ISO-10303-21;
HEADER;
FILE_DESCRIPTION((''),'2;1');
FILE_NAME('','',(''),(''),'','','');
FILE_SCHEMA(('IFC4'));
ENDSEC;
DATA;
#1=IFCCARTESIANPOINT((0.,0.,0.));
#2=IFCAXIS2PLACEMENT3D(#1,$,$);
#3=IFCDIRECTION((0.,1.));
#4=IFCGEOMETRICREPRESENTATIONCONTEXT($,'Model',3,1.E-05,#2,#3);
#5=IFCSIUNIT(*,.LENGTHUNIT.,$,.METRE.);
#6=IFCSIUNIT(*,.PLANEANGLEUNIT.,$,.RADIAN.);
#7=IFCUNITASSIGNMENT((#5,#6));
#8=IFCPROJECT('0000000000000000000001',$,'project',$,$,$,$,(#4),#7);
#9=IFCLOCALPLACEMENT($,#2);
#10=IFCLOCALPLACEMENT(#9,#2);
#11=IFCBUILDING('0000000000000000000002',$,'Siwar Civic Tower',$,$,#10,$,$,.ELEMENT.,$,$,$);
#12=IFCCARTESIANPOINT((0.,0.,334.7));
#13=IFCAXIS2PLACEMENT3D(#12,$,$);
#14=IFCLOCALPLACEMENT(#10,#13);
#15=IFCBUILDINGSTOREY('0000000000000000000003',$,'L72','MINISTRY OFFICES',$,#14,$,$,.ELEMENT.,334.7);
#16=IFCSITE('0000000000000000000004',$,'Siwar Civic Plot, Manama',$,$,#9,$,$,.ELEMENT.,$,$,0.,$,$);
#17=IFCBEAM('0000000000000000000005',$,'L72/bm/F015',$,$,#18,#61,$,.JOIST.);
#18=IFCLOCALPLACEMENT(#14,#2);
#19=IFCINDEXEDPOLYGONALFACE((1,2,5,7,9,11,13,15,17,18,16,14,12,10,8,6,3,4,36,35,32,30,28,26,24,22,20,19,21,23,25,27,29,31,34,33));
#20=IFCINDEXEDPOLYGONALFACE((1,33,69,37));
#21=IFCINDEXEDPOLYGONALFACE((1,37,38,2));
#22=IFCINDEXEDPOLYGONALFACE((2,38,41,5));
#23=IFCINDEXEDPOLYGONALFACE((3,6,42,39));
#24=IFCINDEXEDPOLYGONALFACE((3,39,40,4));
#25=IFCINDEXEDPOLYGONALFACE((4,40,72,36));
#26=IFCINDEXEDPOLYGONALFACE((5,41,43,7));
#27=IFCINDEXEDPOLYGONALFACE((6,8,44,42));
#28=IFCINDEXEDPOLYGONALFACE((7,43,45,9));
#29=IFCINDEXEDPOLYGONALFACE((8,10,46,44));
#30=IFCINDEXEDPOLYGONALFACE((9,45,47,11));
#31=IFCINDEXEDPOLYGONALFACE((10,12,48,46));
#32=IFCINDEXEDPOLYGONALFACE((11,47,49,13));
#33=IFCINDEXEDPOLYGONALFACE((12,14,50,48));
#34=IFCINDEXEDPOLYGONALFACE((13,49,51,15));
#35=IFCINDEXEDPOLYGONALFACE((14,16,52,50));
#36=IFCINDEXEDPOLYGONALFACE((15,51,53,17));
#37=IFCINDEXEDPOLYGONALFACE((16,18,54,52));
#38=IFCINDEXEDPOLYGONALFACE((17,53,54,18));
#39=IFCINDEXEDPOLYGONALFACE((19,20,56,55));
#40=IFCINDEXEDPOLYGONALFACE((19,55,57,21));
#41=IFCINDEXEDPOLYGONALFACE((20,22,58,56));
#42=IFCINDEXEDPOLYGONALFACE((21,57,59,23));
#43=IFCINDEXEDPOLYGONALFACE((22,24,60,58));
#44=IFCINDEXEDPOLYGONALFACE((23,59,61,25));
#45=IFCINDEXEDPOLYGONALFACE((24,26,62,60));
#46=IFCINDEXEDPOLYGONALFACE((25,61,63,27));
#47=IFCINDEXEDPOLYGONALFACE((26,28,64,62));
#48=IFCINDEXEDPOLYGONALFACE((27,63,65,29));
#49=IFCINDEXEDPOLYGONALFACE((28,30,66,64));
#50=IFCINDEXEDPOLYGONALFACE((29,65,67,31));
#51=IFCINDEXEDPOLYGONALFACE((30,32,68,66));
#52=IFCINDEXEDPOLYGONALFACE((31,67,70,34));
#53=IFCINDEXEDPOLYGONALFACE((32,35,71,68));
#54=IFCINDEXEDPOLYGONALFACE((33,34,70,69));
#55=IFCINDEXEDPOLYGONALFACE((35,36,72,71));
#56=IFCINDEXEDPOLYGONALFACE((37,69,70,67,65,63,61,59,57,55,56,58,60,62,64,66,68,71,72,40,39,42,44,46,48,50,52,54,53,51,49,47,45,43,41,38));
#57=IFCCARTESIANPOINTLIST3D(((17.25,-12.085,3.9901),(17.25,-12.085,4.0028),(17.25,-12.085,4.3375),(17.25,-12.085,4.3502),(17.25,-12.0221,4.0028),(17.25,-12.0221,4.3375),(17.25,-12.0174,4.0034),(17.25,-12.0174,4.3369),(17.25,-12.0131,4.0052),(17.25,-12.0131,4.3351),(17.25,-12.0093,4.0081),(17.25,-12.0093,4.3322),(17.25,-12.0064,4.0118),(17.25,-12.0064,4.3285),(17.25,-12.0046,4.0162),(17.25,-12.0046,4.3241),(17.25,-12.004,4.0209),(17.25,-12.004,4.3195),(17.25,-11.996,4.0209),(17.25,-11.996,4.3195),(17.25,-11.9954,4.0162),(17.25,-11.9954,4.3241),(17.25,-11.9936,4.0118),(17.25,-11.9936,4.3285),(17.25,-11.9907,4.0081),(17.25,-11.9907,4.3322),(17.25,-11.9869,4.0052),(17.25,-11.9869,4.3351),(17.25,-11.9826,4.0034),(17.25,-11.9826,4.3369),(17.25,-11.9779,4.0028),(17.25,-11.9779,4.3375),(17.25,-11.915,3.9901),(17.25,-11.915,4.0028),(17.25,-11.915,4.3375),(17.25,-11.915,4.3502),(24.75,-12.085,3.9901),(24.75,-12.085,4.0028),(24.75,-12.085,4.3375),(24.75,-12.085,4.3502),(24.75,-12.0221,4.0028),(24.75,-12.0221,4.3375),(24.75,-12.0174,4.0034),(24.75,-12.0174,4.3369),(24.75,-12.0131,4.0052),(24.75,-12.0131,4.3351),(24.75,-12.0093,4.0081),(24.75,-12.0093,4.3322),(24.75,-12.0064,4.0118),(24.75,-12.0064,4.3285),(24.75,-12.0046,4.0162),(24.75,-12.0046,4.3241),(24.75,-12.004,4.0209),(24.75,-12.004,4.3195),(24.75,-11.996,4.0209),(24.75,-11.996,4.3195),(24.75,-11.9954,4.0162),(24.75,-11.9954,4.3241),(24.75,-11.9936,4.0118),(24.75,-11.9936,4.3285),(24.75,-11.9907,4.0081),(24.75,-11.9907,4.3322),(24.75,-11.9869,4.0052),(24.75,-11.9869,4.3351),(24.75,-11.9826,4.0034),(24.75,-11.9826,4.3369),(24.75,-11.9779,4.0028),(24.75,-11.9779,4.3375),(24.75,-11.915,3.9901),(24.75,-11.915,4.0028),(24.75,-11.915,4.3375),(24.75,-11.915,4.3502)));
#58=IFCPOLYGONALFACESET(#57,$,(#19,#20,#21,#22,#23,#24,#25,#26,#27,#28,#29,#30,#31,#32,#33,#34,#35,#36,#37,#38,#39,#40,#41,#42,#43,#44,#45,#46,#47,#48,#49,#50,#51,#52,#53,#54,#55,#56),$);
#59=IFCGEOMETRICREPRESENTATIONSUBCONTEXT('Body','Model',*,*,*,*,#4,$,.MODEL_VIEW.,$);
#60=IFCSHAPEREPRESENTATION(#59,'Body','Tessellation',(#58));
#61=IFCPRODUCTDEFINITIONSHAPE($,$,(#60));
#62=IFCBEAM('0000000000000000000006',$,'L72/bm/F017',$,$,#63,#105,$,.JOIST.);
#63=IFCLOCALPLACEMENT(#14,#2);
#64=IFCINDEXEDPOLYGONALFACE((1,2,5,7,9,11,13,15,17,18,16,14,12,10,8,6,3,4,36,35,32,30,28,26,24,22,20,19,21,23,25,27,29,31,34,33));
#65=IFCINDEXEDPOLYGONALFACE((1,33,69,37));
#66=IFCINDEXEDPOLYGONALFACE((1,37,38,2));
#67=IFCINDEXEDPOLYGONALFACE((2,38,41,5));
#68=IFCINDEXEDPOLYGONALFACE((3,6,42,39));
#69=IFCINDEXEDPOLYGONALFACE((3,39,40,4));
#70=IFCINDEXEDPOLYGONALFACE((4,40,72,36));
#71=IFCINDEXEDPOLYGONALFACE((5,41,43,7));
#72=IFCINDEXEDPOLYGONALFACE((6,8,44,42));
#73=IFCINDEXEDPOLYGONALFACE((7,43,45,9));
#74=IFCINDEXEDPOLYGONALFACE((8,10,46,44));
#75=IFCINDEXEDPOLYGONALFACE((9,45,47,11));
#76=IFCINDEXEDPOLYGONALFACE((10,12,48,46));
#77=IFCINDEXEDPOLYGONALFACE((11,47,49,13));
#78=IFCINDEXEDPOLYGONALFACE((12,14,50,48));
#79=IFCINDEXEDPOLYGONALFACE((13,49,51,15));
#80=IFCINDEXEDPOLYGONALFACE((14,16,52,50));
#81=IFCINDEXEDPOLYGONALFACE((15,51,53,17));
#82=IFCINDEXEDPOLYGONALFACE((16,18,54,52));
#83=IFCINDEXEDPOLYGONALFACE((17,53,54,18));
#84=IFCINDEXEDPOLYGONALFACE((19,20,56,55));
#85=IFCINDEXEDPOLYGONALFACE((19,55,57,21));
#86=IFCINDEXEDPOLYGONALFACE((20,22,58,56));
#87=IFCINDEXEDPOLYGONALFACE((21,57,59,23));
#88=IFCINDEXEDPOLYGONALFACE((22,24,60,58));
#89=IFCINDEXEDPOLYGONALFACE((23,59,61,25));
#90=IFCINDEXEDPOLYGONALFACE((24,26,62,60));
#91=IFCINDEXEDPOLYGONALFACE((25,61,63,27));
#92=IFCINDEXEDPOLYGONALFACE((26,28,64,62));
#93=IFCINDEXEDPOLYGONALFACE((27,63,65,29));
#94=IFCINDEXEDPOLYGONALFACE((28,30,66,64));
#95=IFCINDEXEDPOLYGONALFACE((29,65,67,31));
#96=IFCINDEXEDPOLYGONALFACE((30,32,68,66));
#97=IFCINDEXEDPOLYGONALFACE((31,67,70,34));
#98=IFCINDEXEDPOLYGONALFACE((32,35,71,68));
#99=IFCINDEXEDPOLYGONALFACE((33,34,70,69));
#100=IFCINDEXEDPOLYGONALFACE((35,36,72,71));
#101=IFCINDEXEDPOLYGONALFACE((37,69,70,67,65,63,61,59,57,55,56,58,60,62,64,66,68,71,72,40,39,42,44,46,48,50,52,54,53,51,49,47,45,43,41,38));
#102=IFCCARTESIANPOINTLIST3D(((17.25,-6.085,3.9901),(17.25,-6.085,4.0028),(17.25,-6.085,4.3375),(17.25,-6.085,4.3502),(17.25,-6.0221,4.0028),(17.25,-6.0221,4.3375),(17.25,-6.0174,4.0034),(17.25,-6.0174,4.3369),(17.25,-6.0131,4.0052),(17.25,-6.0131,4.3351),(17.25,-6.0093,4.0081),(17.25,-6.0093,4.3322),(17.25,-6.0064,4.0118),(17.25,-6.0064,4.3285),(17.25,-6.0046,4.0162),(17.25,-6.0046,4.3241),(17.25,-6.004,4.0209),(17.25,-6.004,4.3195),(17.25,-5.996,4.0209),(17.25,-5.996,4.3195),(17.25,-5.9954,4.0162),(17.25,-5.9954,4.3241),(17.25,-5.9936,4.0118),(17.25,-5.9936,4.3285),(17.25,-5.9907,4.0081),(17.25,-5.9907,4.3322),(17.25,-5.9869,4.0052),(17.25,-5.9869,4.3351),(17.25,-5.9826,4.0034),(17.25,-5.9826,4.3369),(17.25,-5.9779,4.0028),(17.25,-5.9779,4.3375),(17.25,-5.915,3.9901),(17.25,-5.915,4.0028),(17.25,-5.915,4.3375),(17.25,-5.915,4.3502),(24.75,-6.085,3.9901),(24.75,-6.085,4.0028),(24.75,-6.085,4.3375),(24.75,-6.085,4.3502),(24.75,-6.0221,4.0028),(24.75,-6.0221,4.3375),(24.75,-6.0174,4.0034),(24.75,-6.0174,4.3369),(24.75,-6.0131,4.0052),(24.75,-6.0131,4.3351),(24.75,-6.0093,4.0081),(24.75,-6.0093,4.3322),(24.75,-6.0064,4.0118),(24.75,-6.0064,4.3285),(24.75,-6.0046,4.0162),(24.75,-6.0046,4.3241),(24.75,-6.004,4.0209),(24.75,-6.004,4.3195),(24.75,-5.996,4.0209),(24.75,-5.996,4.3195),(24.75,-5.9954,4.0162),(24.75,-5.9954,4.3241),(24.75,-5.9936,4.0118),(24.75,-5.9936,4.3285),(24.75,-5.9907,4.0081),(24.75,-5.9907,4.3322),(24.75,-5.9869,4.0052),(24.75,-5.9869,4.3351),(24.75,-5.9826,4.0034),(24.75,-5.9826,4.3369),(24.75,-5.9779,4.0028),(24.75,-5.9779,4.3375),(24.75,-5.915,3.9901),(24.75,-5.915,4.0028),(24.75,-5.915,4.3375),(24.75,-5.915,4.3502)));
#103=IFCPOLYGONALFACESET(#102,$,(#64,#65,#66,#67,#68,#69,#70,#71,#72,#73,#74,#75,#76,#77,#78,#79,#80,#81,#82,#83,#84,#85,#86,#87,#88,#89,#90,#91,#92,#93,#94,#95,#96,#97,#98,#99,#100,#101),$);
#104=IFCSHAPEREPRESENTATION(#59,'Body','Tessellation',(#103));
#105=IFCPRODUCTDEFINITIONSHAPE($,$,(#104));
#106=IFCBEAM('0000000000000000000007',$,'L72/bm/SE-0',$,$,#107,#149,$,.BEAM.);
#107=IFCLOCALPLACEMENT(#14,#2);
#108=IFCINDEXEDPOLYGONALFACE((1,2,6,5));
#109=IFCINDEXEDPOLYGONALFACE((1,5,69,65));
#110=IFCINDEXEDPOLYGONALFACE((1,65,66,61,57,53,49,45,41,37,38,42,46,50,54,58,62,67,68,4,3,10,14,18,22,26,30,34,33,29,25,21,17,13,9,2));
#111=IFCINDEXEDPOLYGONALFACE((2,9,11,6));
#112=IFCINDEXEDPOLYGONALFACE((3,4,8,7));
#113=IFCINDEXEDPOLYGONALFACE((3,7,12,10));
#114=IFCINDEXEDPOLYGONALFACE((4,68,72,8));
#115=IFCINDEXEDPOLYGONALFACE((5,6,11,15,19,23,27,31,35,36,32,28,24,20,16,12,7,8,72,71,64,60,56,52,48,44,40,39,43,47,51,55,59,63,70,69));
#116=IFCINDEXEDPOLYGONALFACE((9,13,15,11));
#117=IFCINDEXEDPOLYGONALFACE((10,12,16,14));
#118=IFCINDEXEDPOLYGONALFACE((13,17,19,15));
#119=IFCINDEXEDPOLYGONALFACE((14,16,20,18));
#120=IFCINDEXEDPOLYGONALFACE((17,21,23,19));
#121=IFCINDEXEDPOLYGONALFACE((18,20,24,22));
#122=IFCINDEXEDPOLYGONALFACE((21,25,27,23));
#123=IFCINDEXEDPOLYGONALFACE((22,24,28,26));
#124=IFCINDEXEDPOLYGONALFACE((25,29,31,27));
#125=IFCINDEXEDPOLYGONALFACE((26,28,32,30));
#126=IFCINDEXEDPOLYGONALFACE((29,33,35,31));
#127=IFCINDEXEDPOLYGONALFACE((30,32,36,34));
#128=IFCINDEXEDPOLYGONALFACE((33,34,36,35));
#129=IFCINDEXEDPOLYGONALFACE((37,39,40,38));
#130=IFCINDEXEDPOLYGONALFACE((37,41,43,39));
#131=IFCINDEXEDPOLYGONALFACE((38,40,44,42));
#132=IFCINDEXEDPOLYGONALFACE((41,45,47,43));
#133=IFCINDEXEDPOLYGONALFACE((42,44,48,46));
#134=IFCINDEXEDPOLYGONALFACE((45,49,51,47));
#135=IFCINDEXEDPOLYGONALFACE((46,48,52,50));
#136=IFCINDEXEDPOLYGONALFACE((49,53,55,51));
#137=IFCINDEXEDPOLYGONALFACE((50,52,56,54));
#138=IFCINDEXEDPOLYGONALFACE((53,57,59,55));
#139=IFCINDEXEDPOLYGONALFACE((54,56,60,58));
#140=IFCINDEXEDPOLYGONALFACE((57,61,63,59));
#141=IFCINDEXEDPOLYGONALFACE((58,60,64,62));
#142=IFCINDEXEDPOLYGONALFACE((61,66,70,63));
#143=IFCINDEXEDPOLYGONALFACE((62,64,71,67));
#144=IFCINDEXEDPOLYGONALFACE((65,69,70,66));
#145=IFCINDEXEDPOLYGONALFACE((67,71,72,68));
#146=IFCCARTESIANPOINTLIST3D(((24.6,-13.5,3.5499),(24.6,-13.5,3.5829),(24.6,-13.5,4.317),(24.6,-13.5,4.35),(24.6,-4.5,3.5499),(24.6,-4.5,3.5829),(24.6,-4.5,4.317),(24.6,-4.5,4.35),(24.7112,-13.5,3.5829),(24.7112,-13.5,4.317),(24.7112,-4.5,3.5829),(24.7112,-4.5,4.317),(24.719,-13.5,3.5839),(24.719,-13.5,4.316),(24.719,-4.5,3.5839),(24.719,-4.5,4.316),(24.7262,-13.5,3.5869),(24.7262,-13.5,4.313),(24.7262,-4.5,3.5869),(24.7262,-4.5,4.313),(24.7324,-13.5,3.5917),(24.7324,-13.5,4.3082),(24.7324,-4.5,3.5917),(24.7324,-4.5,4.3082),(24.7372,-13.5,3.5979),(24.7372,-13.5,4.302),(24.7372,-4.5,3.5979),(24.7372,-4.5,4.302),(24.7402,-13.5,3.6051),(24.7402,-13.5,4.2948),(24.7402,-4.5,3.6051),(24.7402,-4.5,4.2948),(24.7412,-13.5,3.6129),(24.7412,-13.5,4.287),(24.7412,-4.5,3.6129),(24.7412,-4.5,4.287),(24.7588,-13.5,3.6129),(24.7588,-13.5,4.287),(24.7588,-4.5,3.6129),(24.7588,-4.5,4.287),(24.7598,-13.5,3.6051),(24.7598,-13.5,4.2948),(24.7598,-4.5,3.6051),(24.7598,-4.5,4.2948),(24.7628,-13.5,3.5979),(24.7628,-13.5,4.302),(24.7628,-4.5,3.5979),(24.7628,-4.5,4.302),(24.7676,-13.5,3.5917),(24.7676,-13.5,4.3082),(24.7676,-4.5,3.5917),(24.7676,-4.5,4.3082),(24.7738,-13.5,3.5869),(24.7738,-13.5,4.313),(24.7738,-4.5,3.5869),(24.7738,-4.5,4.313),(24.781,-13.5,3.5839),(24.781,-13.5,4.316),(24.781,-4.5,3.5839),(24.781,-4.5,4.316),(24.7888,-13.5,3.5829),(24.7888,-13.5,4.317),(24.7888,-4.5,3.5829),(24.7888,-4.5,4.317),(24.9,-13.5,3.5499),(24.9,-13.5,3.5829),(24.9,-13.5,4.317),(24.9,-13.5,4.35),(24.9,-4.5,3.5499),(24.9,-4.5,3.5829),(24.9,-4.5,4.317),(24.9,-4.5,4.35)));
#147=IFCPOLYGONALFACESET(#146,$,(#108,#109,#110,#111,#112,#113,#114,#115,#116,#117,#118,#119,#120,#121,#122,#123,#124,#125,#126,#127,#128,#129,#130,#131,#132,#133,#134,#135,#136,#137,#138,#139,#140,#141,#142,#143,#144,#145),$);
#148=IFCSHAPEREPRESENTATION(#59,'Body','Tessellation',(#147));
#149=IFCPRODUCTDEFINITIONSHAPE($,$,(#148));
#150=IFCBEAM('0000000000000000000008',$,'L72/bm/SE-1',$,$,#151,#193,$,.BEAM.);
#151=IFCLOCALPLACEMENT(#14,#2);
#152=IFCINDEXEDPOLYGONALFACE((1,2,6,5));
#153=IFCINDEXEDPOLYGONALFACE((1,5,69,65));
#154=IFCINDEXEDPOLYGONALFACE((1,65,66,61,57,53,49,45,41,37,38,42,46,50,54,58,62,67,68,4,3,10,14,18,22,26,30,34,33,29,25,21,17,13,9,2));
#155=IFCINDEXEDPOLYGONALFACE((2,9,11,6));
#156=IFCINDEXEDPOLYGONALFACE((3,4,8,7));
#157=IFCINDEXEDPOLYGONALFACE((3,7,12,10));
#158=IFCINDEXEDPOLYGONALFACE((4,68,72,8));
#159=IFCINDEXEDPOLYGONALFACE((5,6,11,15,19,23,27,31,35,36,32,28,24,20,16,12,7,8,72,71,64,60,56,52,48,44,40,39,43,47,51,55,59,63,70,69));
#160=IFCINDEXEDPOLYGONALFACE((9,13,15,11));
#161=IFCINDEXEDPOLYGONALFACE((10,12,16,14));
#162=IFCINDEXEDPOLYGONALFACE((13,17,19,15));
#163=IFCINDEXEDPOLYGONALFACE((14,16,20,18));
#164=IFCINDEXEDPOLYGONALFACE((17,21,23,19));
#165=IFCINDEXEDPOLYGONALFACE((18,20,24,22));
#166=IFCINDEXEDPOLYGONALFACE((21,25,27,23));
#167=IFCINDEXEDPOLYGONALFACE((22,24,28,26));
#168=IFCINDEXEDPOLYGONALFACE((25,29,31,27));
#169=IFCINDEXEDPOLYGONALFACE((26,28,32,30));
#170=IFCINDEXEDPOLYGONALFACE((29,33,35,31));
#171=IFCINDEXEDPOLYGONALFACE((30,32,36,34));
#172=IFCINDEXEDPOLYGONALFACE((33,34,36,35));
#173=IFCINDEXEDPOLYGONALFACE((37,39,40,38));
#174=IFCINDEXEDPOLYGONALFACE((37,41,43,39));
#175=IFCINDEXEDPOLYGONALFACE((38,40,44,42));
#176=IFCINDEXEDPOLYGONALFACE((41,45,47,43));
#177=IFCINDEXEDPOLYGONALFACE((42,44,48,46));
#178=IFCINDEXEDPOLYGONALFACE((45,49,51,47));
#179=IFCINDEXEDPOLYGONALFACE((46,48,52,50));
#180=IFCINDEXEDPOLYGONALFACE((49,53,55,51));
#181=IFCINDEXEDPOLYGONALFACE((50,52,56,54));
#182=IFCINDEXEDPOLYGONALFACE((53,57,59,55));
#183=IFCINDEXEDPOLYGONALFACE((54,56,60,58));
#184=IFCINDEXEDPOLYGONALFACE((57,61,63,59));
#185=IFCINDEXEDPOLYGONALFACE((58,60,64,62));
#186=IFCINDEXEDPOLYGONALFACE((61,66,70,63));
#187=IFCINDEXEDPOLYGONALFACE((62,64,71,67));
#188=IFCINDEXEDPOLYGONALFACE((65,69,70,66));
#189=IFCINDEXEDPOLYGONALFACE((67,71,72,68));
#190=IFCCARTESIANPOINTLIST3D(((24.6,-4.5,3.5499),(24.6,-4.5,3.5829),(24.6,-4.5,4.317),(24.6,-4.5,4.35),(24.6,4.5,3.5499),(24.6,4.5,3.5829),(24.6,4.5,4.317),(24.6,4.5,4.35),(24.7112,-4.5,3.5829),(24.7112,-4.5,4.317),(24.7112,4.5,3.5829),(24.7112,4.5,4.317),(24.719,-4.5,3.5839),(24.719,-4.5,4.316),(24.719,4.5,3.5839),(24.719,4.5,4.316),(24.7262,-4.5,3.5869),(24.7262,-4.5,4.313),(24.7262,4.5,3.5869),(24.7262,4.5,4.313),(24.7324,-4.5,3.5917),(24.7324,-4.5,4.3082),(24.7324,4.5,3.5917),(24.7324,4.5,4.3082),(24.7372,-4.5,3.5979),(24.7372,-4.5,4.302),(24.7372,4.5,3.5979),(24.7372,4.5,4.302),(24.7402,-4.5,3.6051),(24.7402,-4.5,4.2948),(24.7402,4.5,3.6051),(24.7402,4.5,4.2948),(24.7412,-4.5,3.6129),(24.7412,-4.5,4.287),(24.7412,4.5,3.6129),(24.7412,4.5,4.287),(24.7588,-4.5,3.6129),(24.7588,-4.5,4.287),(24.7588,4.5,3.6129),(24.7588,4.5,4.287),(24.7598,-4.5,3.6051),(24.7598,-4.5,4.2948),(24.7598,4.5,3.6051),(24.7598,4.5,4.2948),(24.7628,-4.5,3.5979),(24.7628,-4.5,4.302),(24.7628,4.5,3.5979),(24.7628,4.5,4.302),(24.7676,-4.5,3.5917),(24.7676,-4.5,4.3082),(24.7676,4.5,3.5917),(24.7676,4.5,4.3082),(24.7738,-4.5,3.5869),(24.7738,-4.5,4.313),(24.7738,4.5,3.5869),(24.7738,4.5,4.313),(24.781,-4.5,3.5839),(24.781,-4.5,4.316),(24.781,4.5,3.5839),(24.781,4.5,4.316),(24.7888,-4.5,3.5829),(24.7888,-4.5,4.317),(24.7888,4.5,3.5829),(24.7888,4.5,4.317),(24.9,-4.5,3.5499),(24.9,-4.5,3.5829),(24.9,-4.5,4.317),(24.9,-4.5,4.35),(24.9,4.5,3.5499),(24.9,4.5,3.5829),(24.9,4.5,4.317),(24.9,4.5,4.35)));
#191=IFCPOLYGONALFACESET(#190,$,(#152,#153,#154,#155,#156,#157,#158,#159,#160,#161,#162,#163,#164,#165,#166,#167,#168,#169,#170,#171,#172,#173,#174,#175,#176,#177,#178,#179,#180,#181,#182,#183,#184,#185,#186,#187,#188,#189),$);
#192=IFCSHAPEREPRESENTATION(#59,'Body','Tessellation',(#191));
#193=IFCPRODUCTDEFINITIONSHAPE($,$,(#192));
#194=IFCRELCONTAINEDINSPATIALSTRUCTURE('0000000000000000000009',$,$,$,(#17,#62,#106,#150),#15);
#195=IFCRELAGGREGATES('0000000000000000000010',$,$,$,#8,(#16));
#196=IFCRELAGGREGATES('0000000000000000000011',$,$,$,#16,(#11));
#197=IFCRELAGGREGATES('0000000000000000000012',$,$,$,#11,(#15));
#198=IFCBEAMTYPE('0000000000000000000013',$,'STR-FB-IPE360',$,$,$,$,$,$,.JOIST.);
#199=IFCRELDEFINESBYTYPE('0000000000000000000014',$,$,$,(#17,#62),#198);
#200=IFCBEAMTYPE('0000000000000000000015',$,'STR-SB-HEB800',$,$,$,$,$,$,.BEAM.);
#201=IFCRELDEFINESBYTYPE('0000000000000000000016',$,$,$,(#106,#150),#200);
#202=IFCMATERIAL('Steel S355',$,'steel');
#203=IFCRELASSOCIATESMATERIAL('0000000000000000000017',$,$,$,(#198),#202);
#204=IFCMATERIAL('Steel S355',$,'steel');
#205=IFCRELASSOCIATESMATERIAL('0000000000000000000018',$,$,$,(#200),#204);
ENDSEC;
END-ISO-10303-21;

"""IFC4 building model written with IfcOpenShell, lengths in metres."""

from ifc_helpers import new_model, si_unit, direction, frame, origin, origin_2d, place, context, subcontext, project, spatial, i_section, extrude, material, material_profile, profile_set, type_object, element, save


model = new_model("IFC4")

# Units and contexts
model_context = context("Model", 3, precision=1e-05, world=origin(), true_north=direction((0.0, 1.0)))
body_context = subcontext(model_context, "Body", "Model", "MODEL_VIEW")
ifc_project = project(units=[si_unit("LENGTHUNIT", "METRE"), si_unit("PLANEANGLEUNIT", "RADIAN")], contexts=[model_context])

# Site, building, storey
site_placement = place(None, origin())
site = spatial("IfcSite", under=ifc_project, at=site_placement, Name="Siwar Civic Plot, Manama", CompositionType="ELEMENT", RefElevation=0.0)
building_placement = place(site_placement, origin())
building = spatial("IfcBuilding", under=site, at=building_placement, Name="Siwar Civic Tower", CompositionType="ELEMENT")
storey_placement = place(building_placement, frame((0.0, 0.0, 334.7)))
storey = spatial("IfcBuildingStorey", under=building, at=storey_placement, Name="L72", Description="MINISTRY OFFICES", CompositionType="ELEMENT", Elevation=334.7)

# Beams
ifc_material_1 = material(Name="Steel S355", Category="steel")
ifc_material_profile_1 = material_profile(ifc_material_1, i_section(OverallWidth=0.1699, OverallDepth=0.3601, WebThickness=0.0081, FlangeThickness=0.0127, FilletRadius=0.0181, at=origin_2d()), Name="IPE360")
ifc_profile_set_1 = profile_set([ifc_material_profile_1], Name="Steel S355")
beam_type_1 = type_object("IfcBeamType", Name="STR-FB-IPE360", PredefinedType="JOIST", material=ifc_profile_set_1)
for number, where, z_axis, x_axis, name in (
    (1, (17.25, -12.0, 4.1702), (1.0, 0.0, 0.0), (0.0, 1.0, 0.0), "L72/bm/F015"),
    (2, (17.25, -6.0, 4.1702), (1.0, 0.0, 0.0), (0.0, 1.0, 0.0), "L72/bm/F017"),
):
    element("IfcBeam", number, at=place(storey_placement, frame(where, z_axis=z_axis, x_axis=x_axis)), inside=storey, type_object=beam_type_1, Name=name, PredefinedType="JOIST", context=body_context, shape_type="SweptSolid", body=[
        extrude(i_section(OverallWidth=0.1699, OverallDepth=0.3601, WebThickness=0.0081, FlangeThickness=0.0127, FilletRadius=0.0181, at=origin_2d()), origin(), (0.0, 0.0, 1.0), 7.5),
    ])
ifc_material_2 = material(Name="Steel S355", Category="steel")
ifc_material_profile_2 = material_profile(ifc_material_2, i_section(OverallWidth=0.3, OverallDepth=0.8, WebThickness=0.0176, FlangeThickness=0.033, FilletRadius=0.03, at=origin_2d()), Name="HEB800")
ifc_profile_set_2 = profile_set([ifc_material_profile_2], Name="Steel S355")
beam_type_2 = type_object("IfcBeamType", Name="STR-SB-HEB800", PredefinedType="BEAM", material=ifc_profile_set_2)
for number, where, z_axis, x_axis, name in (
    (3, (24.75, -13.5, 3.95), (0.0, 1.0, 0.0), (-1.0, 0.0, 0.0), "L72/bm/SE-0"),
    (4, (24.75, -4.5, 3.95), (0.0, 1.0, 0.0), (-1.0, 0.0, 0.0), "L72/bm/SE-1"),
):
    element("IfcBeam", number, at=place(storey_placement, frame(where, z_axis=z_axis, x_axis=x_axis)), inside=storey, type_object=beam_type_2, Name=name, PredefinedType="BEAM", context=body_context, shape_type="SweptSolid", body=[
        extrude(i_section(OverallWidth=0.3, OverallDepth=0.8, WebThickness=0.0176, FlangeThickness=0.033, FilletRadius=0.03, at=origin_2d()), origin(), (0.0, 0.0, 1.0), 9.0),
    ])

save(model, "model.ifc")
